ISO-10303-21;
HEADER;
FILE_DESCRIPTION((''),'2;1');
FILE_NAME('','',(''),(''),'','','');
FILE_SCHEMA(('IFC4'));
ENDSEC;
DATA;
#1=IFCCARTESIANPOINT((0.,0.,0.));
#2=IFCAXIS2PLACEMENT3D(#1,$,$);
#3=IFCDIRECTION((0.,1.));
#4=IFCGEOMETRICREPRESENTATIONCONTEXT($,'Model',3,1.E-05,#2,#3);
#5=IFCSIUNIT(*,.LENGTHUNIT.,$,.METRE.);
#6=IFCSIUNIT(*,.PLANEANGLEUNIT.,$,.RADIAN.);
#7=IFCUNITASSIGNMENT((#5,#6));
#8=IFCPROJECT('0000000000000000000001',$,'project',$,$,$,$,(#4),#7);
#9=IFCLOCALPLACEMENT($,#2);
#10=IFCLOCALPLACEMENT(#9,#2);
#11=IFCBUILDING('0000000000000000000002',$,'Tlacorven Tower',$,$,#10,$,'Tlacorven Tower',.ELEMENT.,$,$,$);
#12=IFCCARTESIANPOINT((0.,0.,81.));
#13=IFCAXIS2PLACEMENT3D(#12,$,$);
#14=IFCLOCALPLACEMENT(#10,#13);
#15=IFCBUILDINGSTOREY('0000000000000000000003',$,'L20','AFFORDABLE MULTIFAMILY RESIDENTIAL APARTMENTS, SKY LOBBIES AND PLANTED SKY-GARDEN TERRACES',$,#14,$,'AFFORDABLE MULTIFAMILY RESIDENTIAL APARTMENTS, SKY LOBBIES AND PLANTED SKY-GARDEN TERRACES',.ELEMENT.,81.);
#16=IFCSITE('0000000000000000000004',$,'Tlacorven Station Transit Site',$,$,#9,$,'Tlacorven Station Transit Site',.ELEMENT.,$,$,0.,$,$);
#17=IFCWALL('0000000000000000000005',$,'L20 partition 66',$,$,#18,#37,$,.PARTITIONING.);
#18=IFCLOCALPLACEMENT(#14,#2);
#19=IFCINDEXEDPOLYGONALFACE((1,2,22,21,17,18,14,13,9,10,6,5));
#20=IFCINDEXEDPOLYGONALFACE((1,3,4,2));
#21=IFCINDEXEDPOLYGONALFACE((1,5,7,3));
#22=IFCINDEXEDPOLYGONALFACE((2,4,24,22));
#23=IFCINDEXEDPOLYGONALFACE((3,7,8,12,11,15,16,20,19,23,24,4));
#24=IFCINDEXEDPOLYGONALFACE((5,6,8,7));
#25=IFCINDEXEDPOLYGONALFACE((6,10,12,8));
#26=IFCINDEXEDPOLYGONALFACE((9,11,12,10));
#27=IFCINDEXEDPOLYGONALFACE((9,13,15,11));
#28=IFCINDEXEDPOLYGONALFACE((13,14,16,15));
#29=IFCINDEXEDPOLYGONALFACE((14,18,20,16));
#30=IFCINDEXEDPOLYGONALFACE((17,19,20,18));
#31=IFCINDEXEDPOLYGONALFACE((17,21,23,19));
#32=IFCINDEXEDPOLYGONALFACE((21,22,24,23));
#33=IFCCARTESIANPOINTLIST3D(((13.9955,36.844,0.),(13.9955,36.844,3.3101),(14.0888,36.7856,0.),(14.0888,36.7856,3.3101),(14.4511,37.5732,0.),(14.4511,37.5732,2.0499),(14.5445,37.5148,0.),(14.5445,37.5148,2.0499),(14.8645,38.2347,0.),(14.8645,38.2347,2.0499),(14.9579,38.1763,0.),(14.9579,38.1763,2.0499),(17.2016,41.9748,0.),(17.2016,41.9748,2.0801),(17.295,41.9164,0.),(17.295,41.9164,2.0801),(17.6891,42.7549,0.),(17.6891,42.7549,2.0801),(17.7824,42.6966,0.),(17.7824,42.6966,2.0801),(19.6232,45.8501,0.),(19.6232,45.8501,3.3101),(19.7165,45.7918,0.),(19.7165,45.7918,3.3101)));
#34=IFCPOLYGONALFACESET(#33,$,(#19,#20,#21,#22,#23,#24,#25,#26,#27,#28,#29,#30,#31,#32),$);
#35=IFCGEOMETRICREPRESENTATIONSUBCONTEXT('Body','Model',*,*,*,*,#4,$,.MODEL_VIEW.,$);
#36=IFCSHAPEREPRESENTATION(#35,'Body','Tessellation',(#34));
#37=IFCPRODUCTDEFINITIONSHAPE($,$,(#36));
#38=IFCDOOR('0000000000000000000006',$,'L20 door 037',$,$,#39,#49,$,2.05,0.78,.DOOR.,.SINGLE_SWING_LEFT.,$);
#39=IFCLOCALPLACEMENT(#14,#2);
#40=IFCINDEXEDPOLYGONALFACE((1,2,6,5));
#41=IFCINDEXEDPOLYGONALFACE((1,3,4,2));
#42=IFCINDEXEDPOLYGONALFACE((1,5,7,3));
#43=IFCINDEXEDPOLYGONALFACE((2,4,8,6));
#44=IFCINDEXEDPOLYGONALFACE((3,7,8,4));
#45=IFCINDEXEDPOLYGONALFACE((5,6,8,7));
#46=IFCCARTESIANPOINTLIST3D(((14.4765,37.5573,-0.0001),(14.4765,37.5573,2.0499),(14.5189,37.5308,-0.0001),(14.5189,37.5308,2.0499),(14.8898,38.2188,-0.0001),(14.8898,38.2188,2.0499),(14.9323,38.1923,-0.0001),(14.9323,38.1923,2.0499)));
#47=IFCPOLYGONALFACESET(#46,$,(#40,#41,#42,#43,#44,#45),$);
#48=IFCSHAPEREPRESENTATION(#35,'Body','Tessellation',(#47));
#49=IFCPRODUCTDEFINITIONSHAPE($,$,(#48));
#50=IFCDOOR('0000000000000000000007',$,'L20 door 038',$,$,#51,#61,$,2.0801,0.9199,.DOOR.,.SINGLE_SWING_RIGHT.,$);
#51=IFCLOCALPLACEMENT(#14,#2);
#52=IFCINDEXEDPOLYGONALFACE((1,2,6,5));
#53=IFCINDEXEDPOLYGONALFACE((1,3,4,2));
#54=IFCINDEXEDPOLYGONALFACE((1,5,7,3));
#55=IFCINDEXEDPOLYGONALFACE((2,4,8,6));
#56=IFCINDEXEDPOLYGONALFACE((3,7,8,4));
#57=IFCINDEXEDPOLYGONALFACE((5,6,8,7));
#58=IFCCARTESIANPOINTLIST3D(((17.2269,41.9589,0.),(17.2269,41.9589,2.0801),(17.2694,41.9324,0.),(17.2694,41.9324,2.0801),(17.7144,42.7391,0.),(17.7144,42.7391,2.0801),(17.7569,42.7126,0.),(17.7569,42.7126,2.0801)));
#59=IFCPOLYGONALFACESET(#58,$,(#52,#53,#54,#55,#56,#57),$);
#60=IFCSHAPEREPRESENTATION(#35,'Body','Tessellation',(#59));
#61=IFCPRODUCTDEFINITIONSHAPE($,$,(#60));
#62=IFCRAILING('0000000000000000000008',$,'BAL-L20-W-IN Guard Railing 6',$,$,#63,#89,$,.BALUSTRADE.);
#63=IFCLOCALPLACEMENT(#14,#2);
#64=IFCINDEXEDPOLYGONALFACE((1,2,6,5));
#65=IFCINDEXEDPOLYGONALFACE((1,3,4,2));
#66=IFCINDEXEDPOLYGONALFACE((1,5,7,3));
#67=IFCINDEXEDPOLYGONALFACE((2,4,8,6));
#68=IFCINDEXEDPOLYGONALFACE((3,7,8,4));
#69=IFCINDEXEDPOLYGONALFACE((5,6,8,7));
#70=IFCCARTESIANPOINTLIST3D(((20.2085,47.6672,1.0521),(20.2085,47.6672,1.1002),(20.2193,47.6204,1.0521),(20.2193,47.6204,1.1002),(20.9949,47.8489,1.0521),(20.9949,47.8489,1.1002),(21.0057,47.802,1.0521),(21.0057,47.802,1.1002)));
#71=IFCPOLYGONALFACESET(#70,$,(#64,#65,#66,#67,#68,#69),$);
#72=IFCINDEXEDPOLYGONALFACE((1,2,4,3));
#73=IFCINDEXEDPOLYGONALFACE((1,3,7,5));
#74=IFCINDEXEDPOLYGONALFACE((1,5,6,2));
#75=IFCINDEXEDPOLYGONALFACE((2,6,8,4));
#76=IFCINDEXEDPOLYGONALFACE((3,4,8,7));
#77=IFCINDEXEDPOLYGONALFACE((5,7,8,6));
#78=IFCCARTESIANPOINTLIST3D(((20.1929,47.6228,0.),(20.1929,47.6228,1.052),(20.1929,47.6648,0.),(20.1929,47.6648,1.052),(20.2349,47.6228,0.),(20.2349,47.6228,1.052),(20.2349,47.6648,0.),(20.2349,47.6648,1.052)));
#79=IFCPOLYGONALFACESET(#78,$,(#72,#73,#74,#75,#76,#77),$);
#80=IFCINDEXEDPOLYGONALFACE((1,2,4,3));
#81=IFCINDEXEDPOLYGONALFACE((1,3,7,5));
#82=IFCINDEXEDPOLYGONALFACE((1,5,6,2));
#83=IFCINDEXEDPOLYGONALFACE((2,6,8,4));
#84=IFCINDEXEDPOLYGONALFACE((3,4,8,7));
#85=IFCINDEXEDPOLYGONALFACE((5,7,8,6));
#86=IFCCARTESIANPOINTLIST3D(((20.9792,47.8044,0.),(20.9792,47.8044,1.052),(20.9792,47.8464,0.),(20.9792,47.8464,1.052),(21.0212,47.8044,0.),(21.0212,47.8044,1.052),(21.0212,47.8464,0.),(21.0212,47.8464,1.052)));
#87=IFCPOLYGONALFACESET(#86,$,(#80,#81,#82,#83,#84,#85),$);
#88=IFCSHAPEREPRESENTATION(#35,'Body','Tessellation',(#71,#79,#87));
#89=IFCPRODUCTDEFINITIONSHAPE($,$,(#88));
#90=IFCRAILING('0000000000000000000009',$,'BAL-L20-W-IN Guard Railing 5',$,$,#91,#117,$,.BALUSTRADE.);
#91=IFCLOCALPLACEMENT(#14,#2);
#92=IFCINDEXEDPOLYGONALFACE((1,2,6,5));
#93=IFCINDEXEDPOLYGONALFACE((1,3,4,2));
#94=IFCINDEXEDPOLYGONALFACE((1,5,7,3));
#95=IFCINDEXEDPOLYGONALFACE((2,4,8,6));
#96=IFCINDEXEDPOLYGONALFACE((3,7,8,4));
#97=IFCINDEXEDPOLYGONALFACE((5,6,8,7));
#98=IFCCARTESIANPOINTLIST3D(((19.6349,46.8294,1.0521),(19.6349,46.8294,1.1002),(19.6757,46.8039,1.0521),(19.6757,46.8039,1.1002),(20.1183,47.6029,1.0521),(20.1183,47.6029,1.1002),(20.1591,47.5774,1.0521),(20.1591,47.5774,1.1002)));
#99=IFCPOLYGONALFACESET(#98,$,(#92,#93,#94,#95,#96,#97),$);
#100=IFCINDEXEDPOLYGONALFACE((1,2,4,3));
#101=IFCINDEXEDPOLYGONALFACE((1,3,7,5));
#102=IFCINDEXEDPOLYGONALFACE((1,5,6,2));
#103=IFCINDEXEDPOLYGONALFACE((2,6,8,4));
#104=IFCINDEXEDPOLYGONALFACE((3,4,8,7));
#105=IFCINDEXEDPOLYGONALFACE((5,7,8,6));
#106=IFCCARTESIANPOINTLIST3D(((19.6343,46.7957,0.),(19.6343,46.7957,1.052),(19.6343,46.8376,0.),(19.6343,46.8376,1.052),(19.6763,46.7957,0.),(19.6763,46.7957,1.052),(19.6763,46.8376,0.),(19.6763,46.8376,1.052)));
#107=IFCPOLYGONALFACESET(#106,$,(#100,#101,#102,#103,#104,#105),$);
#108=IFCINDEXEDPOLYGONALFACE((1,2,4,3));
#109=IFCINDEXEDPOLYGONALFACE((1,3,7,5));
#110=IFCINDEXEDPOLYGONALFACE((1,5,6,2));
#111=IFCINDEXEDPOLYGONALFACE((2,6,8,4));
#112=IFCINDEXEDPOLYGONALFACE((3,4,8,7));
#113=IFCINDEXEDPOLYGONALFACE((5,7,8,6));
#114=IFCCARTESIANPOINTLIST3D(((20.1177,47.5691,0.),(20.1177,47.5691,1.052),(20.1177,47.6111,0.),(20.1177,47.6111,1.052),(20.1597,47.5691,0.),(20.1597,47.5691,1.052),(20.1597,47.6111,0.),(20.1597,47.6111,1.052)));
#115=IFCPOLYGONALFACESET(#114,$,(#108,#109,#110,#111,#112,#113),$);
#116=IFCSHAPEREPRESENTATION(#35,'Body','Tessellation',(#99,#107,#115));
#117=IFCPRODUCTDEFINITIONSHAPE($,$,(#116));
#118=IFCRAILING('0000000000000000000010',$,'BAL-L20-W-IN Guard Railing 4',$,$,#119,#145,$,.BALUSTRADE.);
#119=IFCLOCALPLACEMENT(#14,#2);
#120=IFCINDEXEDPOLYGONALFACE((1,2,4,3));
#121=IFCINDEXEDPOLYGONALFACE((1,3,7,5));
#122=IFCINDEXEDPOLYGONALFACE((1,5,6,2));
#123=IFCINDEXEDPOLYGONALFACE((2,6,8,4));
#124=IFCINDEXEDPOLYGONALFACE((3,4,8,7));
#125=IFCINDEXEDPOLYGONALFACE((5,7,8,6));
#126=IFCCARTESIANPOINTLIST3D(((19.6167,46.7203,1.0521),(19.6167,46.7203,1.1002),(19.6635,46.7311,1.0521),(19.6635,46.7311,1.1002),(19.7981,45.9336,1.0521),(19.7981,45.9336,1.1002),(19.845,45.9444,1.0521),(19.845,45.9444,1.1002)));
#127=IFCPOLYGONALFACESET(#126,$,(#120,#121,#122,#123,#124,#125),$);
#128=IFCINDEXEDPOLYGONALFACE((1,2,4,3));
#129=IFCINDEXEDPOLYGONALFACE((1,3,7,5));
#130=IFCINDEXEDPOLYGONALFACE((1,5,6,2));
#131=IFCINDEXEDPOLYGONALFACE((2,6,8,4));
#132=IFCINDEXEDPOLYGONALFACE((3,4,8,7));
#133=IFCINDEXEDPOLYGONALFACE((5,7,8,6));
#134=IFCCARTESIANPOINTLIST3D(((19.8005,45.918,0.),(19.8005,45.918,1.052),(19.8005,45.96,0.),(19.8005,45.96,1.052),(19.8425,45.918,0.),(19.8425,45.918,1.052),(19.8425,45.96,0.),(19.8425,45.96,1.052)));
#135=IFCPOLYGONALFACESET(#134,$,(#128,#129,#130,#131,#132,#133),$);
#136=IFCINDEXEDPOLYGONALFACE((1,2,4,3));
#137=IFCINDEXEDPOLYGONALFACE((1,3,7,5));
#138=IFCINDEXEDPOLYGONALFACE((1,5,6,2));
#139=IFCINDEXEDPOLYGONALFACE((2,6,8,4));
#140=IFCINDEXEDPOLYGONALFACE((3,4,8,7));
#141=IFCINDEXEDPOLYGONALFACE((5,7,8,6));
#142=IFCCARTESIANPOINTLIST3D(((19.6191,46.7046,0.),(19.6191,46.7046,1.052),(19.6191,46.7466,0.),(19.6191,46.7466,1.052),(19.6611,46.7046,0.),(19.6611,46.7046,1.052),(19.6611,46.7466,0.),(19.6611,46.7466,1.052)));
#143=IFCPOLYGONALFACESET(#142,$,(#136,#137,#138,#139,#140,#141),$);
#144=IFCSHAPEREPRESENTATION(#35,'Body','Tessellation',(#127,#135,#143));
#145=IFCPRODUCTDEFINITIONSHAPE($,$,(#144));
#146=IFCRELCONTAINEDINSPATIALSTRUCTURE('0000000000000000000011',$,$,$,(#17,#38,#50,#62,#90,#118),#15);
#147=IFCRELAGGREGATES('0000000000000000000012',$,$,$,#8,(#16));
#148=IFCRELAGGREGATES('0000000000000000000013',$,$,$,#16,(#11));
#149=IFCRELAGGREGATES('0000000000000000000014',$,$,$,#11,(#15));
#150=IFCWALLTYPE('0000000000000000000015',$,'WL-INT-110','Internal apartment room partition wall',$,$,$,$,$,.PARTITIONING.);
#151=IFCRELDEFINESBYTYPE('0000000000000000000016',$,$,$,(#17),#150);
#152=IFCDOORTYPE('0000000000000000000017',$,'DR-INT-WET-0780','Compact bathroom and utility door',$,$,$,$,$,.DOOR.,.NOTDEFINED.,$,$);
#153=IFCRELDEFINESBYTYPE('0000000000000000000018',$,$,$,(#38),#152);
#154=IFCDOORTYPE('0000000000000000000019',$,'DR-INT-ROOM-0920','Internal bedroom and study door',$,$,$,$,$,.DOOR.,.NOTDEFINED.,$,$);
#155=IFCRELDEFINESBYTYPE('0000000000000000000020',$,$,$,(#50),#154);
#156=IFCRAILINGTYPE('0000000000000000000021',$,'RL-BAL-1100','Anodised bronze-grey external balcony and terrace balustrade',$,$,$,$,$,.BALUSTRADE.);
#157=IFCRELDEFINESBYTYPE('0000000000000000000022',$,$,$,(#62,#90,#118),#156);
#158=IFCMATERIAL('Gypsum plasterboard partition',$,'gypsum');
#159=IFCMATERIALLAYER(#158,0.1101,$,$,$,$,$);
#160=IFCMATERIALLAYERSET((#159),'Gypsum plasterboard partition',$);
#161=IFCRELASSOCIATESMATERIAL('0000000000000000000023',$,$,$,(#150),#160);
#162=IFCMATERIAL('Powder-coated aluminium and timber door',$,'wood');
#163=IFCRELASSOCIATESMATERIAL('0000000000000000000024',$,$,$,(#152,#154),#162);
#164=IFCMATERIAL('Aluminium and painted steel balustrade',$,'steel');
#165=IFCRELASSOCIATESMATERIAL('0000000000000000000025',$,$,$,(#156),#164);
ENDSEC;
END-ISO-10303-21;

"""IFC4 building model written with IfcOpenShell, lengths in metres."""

from ifc_helpers import new_model, si_unit, direction, frame, frame_2d, origin, origin_2d, place, context, subcontext, project, spatial, rectangle, extrude, source, transform, mapped, material, layer, layer_set, type_object, element, fill, save


model = new_model("IFC4")

# Units and contexts
model_context = context("Model", 3, precision=1e-05, world=origin(), true_north=direction((0.0, 1.0)))
body_context = subcontext(model_context, "Body", "Model", "MODEL_VIEW")
ifc_project = project(units=[si_unit("LENGTHUNIT", "METRE"), si_unit("PLANEANGLEUNIT", "RADIAN")], contexts=[model_context])

# Site, building, storey
site_placement = place(None, origin())
site = spatial("IfcSite", under=ifc_project, at=site_placement, Name="Tlacorven Station Transit Site", LongName="Tlacorven Station Transit Site", CompositionType="ELEMENT", RefElevation=0.0)
building_placement = place(site_placement, origin())
building = spatial("IfcBuilding", under=site, at=building_placement, Name="Tlacorven Tower", LongName="Tlacorven Tower", CompositionType="ELEMENT")
storey_placement = place(building_placement, frame((0.0, 0.0, 81.0)))
storey = spatial("IfcBuildingStorey", under=building, at=storey_placement, Name="L20", Description="AFFORDABLE MULTIFAMILY RESIDENTIAL APARTMENTS, SKY LOBBIES AND PLANTED SKY-GARDEN TERRACES", LongName="AFFORDABLE MULTIFAMILY RESIDENTIAL APARTMENTS, SKY LOBBIES AND PLANTED SKY-GARDEN TERRACES", CompositionType="ELEMENT", Elevation=81.0)

# Shared definitions
ifc_material_1 = material(Name="Powder-coated aluminium and timber door", Category="wood")

# Wall, openings, doors
ifc_material_2 = material(Name="Gypsum plasterboard partition", Category="gypsum")
ifc_layer_1 = layer(ifc_material_2, 0.1101)
ifc_layer_set_1 = layer_set([ifc_layer_1], Name="Gypsum plasterboard partition")
wall_type_1 = type_object("IfcWallType", Name="WL-INT-110", Description="Internal apartment room partition wall", PredefinedType="PARTITIONING", material=ifc_layer_set_1)
wall_1_placement = place(storey_placement, frame((19.6699, 45.821, 0.0), z_axis=(0.0, 0.0, 1.0), x_axis=(-0.529922, -0.848046, 0.0)))
wall_1 = element("IfcWall", 1, at=wall_1_placement, inside=storey, type_object=wall_type_1, Name="L20 partition 66", PredefinedType="PARTITIONING", context=body_context, shape_type="SweptSolid", body=[
    extrude(rectangle(XDim=10.6199, YDim=0.1101, at=frame_2d((5.3101, 0.0))), origin(), (0.0, 0.0, 1.0), 3.3101),
])
opening_1_placement = place(wall_1_placement, frame((8.98, 0.0, 0.0)))
opening_1 = element("IfcOpeningElement", 2, at=opening_1_placement, cuts=wall_1, PredefinedType="OPENING", context=body_context, shape_type="SweptSolid", body=[
    extrude(rectangle(XDim=0.78, YDim=2.05, at=frame_2d((0.3901, 1.0249))), frame((0.0, 0.0649, 0.0), z_axis=(0.0, -1.0, 0.0), x_axis=(1.0, 0.0, 0.0)), (0.0, 0.0, 1.0), 0.1301),
])
opening_2_placement = place(wall_1_placement, frame((3.6499, 0.0, 0.0)))
opening_2 = element("IfcOpeningElement", 3, at=opening_2_placement, cuts=wall_1, PredefinedType="OPENING", context=body_context, shape_type="SweptSolid", body=[
    extrude(rectangle(XDim=0.9199, YDim=2.0801, at=frame_2d((0.46, 1.04))), frame((0.0, 0.0649, 0.0), z_axis=(0.0, -1.0, 0.0), x_axis=(1.0, 0.0, 0.0)), (0.0, 0.0, 1.0), 0.1301),
])
door_type_1 = type_object("IfcDoorType", Name="DR-INT-WET-0780", Description="Compact bathroom and utility door", OperationType="NOTDEFINED", PredefinedType="DOOR", material=ifc_material_1)
shared_shape_1 = source(origin(), body_context, "Body", "SweptSolid", [
    extrude(rectangle(XDim=0.78, YDim=2.05, at=frame_2d((0.3901, 1.0249))), frame((0.0, 0.0249, 0.0), z_axis=(0.0, -1.0, 0.0), x_axis=(1.0, 0.0, 0.0)), (0.0, 0.0, 1.0), 0.05),
])
door_1_placement = place(opening_1_placement, origin())
door_1 = element("IfcDoor", 4, at=door_1_placement, inside=storey, type_object=door_type_1, Name="L20 door 037", OperationType="SINGLE_SWING_LEFT", OverallHeight=2.05, OverallWidth=0.78, PredefinedType="DOOR", context=body_context, shape_type="MappedRepresentation", body=[
    mapped(shared_shape_1, transform((0.0, 0.0, 0.0), scale=1.0)),
])
fill(opening_1, door_1)
door_type_2 = type_object("IfcDoorType", Name="DR-INT-ROOM-0920", Description="Internal bedroom and study door", OperationType="NOTDEFINED", PredefinedType="DOOR", material=ifc_material_1)
shared_shape_2 = source(origin(), body_context, "Body", "SweptSolid", [
    extrude(rectangle(XDim=0.9199, YDim=2.0801, at=frame_2d((0.46, 1.04))), frame((0.0, 0.0249, 0.0), z_axis=(0.0, -1.0, 0.0), x_axis=(1.0, 0.0, 0.0)), (0.0, 0.0, 1.0), 0.05),
])
door_2_placement = place(opening_2_placement, origin())
door_2 = element("IfcDoor", 5, at=door_2_placement, inside=storey, type_object=door_type_2, Name="L20 door 038", OperationType="SINGLE_SWING_RIGHT", OverallHeight=2.0801, OverallWidth=0.9199, PredefinedType="DOOR", context=body_context, shape_type="MappedRepresentation", body=[
    mapped(shared_shape_2, transform((0.0, 0.0, 0.0), scale=1.0)),
])
fill(opening_2, door_2)

# Railings
ifc_material_3 = material(Name="Aluminium and painted steel balustrade", Category="steel")
railing_type = type_object("IfcRailingType", Name="RL-BAL-1100", Description="Anodised bronze-grey external balcony and terrace balustrade", PredefinedType="BALUSTRADE", material=ifc_material_3)
shared_shape_3 = source(origin(), body_context, "Body", "SweptSolid", [
    extrude(rectangle(XDim=0.0481, YDim=0.0481, at=origin_2d()), frame((0.0, 0.0, 1.0762), z_axis=(0.974345, 0.225058, 0.0), x_axis=(-0.225058, 0.974345, 0.0)), (0.0, 0.0, 1.0), 0.8071),
    extrude(rectangle(XDim=0.042, YDim=0.042, at=origin_2d()), origin(), (0.0, 0.0, 1.0), 1.052),
    extrude(rectangle(XDim=0.042, YDim=0.042, at=origin_2d()), frame((0.7864, 0.1816, 0.0)), (0.0, 0.0, 1.0), 1.052),
])
railing_1_placement = place(storey_placement, frame((20.2139, 47.6438, 0.0)))
element("IfcRailing", 6, at=railing_1_placement, inside=storey, type_object=railing_type, Name="BAL-L20-W-IN Guard Railing 6", PredefinedType="BALUSTRADE", context=body_context, shape_type="MappedRepresentation", body=[
    mapped(shared_shape_3, transform((0.0, 0.0, 0.0), scale=1.0)),
])
shared_shape_4 = source(origin(), body_context, "Body", "SweptSolid", [
    extrude(rectangle(XDim=0.0481, YDim=0.0481, at=origin_2d()), frame((0.0, 0.0, 1.0762), z_axis=(0.529999, 0.847998, 0.0), x_axis=(-0.847998, 0.529999, 0.0)), (0.0, 0.0, 1.0), 0.9121),
    extrude(rectangle(XDim=0.042, YDim=0.042, at=origin_2d()), origin(), (0.0, 0.0, 1.0), 1.052),
    extrude(rectangle(XDim=0.042, YDim=0.042, at=origin_2d()), frame((0.4834, 0.7734, 0.0)), (0.0, 0.0, 1.0), 1.052),
])
railing_2_placement = place(storey_placement, frame((19.6553, 46.8167, 0.0)))
element("IfcRailing", 7, at=railing_2_placement, inside=storey, type_object=railing_type, Name="BAL-L20-W-IN Guard Railing 5", PredefinedType="BALUSTRADE", context=body_context, shape_type="MappedRepresentation", body=[
    mapped(shared_shape_4, transform((0.0, 0.0, 0.0), scale=1.0)),
])
shared_shape_5 = source(origin(), body_context, "Body", "SweptSolid", [
    extrude(rectangle(XDim=0.0481, YDim=0.0481, at=origin_2d()), frame((0.0, 0.0, 1.0762), z_axis=(-0.224705, 0.974427, 0.0), x_axis=(-0.974427, -0.224705, 0.0)), (0.0, 0.0, 1.0), 0.8074),
    extrude(rectangle(XDim=0.042, YDim=0.042, at=origin_2d()), origin(), (0.0, 0.0, 1.0), 1.052),
    extrude(rectangle(XDim=0.042, YDim=0.042, at=origin_2d()), frame((-0.1814, 0.7866, 0.0)), (0.0, 0.0, 1.0), 1.052),
])
railing_3_placement = place(storey_placement, frame((19.8215, 45.939, 0.0)))
element("IfcRailing", 8, at=railing_3_placement, inside=storey, type_object=railing_type, Name="BAL-L20-W-IN Guard Railing 4", PredefinedType="BALUSTRADE", context=body_context, shape_type="MappedRepresentation", body=[
    mapped(shared_shape_5, transform((0.0, 0.0, 0.0), scale=1.0)),
])

save(model, "model.ifc")
